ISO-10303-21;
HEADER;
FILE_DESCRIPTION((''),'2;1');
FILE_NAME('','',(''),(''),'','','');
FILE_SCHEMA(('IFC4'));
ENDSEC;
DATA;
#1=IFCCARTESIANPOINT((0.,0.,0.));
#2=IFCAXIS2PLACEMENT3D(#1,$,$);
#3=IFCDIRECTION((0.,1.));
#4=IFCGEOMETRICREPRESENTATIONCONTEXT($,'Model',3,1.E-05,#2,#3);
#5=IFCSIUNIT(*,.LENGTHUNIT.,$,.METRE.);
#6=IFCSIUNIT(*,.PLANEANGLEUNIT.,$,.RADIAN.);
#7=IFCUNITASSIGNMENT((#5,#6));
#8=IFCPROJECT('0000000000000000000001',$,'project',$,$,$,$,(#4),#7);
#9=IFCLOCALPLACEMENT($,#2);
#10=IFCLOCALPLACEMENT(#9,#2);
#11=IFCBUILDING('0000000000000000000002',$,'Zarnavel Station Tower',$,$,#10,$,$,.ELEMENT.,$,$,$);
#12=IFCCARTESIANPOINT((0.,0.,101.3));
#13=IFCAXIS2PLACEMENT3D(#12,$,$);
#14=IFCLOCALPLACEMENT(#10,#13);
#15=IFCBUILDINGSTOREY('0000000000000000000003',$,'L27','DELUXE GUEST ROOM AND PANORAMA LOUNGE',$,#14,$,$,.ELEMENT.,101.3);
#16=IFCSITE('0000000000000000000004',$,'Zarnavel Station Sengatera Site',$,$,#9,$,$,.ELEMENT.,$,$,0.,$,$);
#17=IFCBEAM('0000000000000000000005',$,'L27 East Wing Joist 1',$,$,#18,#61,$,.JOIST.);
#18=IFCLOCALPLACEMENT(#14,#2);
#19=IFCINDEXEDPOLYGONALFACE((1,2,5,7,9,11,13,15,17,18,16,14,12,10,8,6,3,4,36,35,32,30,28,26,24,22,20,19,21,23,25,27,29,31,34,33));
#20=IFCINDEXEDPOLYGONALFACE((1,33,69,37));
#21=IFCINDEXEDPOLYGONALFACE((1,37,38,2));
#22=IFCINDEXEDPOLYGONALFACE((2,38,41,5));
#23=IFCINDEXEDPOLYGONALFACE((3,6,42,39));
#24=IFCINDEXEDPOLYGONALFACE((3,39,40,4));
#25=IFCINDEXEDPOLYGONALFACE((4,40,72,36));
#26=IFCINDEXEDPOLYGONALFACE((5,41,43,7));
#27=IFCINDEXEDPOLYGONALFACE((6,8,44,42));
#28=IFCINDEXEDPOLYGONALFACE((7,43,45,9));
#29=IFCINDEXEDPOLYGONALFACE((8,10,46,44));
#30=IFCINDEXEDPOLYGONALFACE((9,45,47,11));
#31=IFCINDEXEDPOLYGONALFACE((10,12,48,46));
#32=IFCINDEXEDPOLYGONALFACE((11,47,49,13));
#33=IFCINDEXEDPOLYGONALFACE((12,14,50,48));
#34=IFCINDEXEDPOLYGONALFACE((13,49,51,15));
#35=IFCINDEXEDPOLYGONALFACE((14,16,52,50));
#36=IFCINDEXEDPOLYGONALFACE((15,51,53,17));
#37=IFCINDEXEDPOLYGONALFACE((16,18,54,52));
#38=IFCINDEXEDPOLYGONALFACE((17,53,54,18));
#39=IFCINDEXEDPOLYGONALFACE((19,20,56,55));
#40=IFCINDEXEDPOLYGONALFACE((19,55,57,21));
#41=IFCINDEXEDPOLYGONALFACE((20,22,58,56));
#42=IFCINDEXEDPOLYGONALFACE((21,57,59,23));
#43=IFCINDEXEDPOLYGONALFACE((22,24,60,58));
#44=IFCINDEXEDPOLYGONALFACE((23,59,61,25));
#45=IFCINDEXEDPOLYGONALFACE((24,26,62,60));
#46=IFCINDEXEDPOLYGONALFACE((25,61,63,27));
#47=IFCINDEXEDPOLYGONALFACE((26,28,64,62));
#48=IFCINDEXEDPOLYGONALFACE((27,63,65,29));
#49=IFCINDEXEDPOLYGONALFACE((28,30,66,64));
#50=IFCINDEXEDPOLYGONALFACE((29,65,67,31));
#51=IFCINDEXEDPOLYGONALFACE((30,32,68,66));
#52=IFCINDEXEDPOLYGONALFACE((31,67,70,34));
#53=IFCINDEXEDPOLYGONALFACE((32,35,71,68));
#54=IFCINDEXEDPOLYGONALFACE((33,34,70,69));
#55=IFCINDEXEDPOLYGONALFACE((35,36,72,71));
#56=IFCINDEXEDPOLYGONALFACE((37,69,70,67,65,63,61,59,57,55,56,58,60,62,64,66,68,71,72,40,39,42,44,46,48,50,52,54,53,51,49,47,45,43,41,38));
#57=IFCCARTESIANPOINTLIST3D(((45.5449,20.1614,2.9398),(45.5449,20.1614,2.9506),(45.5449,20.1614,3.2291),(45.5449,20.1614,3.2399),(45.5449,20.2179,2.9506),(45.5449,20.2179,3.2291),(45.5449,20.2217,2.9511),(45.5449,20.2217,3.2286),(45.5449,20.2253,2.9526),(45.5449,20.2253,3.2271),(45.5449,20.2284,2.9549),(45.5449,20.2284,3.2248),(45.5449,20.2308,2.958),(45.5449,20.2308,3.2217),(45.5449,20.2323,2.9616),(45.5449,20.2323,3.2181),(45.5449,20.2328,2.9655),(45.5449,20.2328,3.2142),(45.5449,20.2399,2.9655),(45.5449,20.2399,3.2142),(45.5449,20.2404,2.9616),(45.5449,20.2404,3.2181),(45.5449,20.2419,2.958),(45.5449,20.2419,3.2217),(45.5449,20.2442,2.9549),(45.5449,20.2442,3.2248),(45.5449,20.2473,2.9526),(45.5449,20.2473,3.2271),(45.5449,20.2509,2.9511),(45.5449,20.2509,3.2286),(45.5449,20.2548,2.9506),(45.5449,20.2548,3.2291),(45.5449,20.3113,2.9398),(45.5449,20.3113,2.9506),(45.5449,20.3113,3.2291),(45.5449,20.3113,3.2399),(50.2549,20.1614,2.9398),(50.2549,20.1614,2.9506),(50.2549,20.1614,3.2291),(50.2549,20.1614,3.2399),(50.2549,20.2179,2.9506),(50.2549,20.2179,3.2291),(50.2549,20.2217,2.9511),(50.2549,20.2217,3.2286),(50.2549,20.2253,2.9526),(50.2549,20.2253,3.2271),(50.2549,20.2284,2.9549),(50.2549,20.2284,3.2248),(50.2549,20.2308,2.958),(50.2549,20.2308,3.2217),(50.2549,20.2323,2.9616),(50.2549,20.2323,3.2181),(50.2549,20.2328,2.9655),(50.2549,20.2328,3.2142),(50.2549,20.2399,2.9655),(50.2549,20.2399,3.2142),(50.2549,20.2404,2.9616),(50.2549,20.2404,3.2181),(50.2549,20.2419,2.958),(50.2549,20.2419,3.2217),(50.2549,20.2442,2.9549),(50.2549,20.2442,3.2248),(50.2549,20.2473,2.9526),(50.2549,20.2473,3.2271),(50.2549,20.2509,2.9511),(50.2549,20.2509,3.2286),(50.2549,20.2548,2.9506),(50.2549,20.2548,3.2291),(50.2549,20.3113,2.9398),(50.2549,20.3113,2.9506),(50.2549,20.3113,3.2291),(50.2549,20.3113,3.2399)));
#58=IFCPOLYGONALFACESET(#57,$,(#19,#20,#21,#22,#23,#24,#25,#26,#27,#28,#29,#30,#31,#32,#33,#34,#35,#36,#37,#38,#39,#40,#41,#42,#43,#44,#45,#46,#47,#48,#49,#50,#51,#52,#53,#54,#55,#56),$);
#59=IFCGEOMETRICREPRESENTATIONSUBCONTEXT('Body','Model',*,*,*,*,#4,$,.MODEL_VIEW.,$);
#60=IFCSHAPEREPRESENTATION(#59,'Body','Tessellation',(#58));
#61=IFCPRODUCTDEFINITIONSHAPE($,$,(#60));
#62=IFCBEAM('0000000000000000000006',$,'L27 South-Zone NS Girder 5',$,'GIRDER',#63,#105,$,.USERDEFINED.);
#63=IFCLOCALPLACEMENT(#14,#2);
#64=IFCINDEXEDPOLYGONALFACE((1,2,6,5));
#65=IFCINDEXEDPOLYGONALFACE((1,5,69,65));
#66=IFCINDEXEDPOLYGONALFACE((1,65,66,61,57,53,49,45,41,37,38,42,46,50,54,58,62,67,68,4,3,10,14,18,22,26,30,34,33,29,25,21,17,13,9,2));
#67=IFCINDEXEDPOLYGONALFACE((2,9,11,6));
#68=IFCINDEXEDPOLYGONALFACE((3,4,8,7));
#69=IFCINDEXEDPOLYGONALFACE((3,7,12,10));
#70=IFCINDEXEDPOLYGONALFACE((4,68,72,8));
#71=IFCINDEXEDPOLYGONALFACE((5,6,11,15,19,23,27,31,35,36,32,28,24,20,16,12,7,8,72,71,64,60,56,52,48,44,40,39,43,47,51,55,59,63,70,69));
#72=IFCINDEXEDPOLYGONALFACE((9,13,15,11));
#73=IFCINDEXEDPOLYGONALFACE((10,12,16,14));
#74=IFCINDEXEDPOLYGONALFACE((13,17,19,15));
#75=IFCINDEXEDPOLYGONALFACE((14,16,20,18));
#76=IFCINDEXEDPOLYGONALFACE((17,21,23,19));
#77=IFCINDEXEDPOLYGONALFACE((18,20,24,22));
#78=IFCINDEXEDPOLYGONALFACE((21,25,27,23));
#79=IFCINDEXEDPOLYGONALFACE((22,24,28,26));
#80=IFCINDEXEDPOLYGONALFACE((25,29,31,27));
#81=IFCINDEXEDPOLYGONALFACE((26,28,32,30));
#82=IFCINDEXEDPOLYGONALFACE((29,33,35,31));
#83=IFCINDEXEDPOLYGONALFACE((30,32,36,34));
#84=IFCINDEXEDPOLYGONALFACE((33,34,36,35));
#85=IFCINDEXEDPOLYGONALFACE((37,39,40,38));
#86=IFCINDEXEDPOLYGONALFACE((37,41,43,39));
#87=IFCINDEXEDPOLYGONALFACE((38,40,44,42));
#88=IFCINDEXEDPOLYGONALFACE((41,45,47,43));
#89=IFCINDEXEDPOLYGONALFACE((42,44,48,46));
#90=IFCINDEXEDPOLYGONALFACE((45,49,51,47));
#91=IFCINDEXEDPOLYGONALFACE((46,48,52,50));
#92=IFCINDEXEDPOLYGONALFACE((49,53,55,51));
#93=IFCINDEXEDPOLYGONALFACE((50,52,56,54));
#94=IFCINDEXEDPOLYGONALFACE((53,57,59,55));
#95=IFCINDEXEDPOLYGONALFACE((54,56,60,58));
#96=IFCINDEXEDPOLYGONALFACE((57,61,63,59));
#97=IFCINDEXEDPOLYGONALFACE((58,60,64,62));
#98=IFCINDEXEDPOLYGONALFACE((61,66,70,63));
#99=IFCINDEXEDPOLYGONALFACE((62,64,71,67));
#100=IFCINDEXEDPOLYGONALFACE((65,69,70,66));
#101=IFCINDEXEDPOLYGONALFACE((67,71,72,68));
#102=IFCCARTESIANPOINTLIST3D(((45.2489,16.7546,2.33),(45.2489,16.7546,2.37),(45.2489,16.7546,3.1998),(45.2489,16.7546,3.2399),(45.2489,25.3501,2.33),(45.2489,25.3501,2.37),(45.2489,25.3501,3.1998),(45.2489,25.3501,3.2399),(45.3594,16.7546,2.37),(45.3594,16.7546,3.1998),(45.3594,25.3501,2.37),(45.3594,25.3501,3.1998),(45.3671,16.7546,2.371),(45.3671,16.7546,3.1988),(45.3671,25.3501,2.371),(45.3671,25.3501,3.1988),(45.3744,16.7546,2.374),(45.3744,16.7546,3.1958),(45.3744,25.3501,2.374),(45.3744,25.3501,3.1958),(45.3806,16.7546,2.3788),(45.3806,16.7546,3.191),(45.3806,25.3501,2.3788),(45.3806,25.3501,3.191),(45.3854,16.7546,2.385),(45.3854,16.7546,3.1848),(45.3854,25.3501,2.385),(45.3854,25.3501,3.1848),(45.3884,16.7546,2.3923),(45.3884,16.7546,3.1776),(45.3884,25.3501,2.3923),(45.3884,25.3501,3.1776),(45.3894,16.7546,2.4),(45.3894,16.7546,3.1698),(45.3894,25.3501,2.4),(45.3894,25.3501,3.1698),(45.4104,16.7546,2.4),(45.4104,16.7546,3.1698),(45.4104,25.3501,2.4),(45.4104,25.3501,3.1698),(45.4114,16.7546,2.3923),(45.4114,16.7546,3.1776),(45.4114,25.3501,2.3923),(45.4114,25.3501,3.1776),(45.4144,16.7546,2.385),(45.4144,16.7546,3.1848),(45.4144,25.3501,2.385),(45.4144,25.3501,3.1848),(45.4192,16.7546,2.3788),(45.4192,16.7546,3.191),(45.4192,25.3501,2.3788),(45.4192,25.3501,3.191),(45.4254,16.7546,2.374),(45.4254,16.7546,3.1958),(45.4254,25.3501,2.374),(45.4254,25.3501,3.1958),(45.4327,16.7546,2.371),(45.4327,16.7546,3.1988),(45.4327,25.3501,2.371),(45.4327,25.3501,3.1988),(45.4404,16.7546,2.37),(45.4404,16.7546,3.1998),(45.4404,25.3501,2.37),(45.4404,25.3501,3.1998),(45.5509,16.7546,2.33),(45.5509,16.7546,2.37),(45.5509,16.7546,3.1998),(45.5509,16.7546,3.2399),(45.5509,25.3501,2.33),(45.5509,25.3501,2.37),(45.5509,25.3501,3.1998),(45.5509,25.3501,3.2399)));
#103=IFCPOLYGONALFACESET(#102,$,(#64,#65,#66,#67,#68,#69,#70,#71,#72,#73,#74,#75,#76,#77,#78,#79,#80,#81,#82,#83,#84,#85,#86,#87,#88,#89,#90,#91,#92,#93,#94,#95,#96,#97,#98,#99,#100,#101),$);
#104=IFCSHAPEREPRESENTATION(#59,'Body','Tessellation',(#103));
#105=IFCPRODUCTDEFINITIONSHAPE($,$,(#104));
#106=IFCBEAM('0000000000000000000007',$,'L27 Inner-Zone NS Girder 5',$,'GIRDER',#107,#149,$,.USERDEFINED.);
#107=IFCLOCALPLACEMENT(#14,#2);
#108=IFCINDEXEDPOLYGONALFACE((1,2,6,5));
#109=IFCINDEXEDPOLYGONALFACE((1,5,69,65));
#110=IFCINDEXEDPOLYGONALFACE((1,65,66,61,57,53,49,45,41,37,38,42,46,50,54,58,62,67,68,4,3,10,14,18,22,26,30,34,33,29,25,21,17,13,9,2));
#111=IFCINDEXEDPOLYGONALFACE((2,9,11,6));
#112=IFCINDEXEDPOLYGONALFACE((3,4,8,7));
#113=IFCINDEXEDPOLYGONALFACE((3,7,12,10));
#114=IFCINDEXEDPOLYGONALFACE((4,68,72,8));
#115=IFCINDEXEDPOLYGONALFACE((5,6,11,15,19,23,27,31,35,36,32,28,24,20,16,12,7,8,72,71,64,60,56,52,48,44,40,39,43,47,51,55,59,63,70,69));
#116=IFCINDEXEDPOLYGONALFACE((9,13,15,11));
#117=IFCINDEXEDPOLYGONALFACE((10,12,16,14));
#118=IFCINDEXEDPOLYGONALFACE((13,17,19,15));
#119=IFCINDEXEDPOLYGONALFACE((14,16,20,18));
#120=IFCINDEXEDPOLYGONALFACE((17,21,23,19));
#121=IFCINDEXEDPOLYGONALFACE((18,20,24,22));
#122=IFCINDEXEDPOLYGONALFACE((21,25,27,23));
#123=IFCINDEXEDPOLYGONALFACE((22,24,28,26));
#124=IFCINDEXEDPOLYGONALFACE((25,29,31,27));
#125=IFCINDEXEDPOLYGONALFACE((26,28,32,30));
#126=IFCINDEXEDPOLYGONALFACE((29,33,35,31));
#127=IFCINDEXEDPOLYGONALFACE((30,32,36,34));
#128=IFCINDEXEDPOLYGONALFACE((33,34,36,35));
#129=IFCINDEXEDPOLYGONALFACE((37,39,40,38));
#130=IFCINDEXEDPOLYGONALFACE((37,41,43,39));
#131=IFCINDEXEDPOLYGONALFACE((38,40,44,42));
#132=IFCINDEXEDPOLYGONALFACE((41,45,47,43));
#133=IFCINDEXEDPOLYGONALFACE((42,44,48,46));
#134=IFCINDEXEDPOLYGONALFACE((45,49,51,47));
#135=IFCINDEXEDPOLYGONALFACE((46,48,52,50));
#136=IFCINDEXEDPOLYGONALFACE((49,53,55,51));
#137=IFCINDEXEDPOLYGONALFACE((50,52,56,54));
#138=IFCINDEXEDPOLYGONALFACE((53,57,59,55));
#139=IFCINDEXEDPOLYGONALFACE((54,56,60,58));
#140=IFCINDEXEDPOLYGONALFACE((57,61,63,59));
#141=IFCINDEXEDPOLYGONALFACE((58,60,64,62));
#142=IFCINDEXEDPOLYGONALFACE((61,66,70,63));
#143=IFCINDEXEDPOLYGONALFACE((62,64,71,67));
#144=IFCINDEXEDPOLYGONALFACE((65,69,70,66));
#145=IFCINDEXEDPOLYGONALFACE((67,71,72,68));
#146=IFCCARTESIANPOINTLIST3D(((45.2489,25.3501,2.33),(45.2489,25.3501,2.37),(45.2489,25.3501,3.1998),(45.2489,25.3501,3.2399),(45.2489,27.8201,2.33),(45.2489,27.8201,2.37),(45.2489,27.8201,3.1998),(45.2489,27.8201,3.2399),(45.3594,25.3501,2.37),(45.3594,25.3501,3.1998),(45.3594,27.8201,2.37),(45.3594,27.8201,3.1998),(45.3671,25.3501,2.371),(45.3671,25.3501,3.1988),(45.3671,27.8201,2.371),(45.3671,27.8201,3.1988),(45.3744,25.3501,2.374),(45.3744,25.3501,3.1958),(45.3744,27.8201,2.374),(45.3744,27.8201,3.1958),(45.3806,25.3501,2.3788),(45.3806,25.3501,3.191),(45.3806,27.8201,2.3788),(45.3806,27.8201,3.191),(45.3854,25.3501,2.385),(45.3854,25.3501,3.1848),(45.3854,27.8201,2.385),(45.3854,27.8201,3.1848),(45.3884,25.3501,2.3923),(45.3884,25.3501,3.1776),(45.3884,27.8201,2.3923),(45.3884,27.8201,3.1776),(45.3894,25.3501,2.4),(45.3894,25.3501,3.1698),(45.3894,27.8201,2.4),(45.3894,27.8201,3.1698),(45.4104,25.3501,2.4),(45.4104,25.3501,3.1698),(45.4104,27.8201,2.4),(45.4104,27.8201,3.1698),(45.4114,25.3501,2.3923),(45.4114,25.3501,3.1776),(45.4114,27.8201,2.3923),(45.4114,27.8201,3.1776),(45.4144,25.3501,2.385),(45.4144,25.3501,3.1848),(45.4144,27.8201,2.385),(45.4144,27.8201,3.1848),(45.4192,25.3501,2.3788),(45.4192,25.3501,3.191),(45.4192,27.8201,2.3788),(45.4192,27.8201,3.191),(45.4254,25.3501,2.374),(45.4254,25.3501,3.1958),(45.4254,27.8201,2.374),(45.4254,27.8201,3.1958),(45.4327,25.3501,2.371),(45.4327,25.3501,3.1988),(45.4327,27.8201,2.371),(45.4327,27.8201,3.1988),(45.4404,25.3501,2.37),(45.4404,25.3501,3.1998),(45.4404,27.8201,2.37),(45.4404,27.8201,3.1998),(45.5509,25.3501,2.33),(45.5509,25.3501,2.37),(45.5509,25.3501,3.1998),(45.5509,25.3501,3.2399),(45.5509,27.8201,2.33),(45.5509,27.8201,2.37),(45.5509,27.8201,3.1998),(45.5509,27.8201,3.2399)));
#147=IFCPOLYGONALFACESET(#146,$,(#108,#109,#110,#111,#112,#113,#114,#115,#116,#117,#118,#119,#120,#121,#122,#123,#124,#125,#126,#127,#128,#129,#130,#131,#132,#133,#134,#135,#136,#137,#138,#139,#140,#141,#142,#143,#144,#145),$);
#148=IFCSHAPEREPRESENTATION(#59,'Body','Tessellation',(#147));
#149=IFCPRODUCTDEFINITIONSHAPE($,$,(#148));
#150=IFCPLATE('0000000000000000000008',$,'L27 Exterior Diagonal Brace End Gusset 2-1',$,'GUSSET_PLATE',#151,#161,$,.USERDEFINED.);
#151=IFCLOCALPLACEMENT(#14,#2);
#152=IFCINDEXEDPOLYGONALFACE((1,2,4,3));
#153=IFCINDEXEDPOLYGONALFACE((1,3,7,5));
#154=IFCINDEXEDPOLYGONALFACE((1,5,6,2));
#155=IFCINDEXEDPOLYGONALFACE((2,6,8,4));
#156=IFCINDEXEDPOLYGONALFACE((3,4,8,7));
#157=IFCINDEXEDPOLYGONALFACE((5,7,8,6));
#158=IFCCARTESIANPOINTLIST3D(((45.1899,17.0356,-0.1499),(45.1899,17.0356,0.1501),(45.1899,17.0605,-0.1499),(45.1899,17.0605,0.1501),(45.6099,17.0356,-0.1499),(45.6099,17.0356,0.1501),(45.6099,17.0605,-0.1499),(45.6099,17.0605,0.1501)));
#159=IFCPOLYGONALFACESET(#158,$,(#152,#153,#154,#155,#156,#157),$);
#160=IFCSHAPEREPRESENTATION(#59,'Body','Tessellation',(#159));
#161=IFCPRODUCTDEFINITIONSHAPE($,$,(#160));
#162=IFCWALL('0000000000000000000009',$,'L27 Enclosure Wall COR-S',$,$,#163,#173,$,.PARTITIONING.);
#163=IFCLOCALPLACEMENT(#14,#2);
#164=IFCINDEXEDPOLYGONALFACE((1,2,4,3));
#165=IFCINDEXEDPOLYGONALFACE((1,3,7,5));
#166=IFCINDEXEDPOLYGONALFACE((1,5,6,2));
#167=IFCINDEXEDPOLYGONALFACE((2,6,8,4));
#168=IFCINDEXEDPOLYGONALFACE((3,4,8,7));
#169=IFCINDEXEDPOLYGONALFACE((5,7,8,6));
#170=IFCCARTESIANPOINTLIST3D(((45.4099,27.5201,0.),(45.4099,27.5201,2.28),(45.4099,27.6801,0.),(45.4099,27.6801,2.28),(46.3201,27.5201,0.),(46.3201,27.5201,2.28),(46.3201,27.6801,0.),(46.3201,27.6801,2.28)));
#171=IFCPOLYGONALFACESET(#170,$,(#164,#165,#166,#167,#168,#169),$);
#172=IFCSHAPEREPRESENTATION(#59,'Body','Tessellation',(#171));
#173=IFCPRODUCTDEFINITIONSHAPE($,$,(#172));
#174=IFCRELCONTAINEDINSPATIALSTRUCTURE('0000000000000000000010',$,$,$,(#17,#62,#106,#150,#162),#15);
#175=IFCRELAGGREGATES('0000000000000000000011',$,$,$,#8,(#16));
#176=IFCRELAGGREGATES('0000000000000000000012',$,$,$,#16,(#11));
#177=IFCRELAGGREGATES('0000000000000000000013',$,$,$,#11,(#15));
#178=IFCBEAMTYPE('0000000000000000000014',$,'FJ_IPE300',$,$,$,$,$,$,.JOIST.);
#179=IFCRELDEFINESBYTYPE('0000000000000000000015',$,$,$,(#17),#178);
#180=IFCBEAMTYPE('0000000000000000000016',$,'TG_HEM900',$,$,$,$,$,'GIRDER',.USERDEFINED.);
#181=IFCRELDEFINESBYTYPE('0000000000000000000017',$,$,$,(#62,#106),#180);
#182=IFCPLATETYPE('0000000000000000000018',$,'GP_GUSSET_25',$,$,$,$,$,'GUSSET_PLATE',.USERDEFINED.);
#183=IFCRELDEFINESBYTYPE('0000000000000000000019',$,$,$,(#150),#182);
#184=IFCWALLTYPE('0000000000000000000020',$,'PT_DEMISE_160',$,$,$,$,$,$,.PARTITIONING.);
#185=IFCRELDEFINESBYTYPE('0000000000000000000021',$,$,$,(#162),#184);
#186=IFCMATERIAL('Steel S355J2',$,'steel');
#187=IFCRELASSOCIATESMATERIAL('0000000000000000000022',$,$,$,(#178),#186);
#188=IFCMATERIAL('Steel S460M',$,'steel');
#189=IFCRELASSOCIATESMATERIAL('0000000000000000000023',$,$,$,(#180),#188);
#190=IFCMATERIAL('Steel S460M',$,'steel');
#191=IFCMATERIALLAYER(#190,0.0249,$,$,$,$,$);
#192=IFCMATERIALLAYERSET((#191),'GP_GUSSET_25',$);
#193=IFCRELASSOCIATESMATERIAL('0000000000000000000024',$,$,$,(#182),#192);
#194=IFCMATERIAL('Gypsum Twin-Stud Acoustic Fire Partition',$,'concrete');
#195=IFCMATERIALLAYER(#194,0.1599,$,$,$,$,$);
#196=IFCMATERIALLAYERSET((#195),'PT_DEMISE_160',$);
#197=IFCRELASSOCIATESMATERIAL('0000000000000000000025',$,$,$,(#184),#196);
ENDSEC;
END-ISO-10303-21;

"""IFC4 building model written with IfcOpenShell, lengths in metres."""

from ifc_helpers import new_model, si_unit, direction, frame, frame_2d, origin, origin_2d, place, context, subcontext, project, spatial, rectangle, i_section, extrude, material, layer, layer_set, material_profile, profile_set, type_object, element, save


model = new_model("IFC4")

# Units and contexts
model_context = context("Model", 3, precision=1e-05, world=origin(), true_north=direction((0.0, 1.0)))
body_context = subcontext(model_context, "Body", "Model", "MODEL_VIEW")
ifc_project = project(units=[si_unit("LENGTHUNIT", "METRE"), si_unit("PLANEANGLEUNIT", "RADIAN")], contexts=[model_context])

# Site, building, storey
site_placement = place(None, origin())
site = spatial("IfcSite", under=ifc_project, at=site_placement, Name="Zarnavel Station Sengatera Site", CompositionType="ELEMENT", RefElevation=0.0)
building_placement = place(site_placement, origin())
building = spatial("IfcBuilding", under=site, at=building_placement, Name="Zarnavel Station Tower", CompositionType="ELEMENT")
storey_placement = place(building_placement, frame((0.0, 0.0, 101.3)))
storey = spatial("IfcBuildingStorey", under=building, at=storey_placement, Name="L27", Description="DELUXE GUEST ROOM AND PANORAMA LOUNGE", CompositionType="ELEMENT", Elevation=101.3)

# Beams
ifc_material_1 = material(Name="Steel S355J2", Category="steel")
ifc_material_profile_1 = material_profile(ifc_material_1, i_section(OverallWidth=0.1499, OverallDepth=0.3, WebThickness=0.0071, FlangeThickness=0.0107, FilletRadius=0.0149, at=origin_2d()), Name="IPE300")
ifc_profile_set_1 = profile_set([ifc_material_profile_1], Name="Steel S355J2")
beam_type_1 = type_object("IfcBeamType", Name="FJ_IPE300", PredefinedType="JOIST", material=ifc_profile_set_1)
beam_1_placement = place(storey_placement, frame((45.5449, 20.2363, 3.0898), z_axis=(1.0, 0.0, 0.0), x_axis=(0.0, 1.0, 0.0)))
element("IfcBeam", 1, at=beam_1_placement, inside=storey, type_object=beam_type_1, Name="L27 East Wing Joist 1", PredefinedType="JOIST", context=body_context, shape_type="SweptSolid", body=[
    extrude(i_section(OverallWidth=0.1499, OverallDepth=0.3, WebThickness=0.0071, FlangeThickness=0.0107, FilletRadius=0.0149, at=origin_2d()), origin(), (0.0, 0.0, 1.0), 4.71),
])
ifc_material_2 = material(Name="Steel S460M", Category="steel")
ifc_material_profile_2 = material_profile(ifc_material_2, i_section(OverallWidth=0.302, OverallDepth=0.9099, WebThickness=0.021, FlangeThickness=0.04, FilletRadius=0.03, at=origin_2d()), Name="HEM900")
ifc_profile_set_2 = profile_set([ifc_material_profile_2], Name="Steel S460M")
beam_type_2 = type_object("IfcBeamType", Name="TG_HEM900", ElementType="GIRDER", PredefinedType="USERDEFINED", material=ifc_profile_set_2)
beam_2_placement = place(storey_placement, frame((45.3999, 16.7546, 2.7849), z_axis=(0.0, 1.0, 0.0), x_axis=(-1.0, 0.0, 0.0)))
element("IfcBeam", 2, at=beam_2_placement, inside=storey, type_object=beam_type_2, Name="L27 South-Zone NS Girder 5", ObjectType="GIRDER", PredefinedType="USERDEFINED", context=body_context, shape_type="SweptSolid", body=[
    extrude(i_section(OverallWidth=0.302, OverallDepth=0.9099, WebThickness=0.021, FlangeThickness=0.04, FilletRadius=0.03, at=origin_2d()), origin(), (0.0, 0.0, 1.0), 8.5955),
])
beam_3_placement = place(storey_placement, frame((45.3999, 25.3501, 2.7849), z_axis=(0.0, 1.0, 0.0), x_axis=(-1.0, 0.0, 0.0)))
element("IfcBeam", 3, at=beam_3_placement, inside=storey, type_object=beam_type_2, Name="L27 Inner-Zone NS Girder 5", ObjectType="GIRDER", PredefinedType="USERDEFINED", context=body_context, shape_type="SweptSolid", body=[
    extrude(i_section(OverallWidth=0.302, OverallDepth=0.9099, WebThickness=0.021, FlangeThickness=0.04, FilletRadius=0.03, at=origin_2d()), origin(), (0.0, 0.0, 1.0), 2.47),
])

# Plate
ifc_material_3 = material(Name="Steel S460M", Category="steel")
ifc_layer_1 = layer(ifc_material_3, 0.0249)
ifc_layer_set_1 = layer_set([ifc_layer_1], Name="GP_GUSSET_25")
plate_type = type_object("IfcPlateType", Name="GP_GUSSET_25", ElementType="GUSSET_PLATE", PredefinedType="USERDEFINED", material=ifc_layer_set_1)
plate_placement = place(storey_placement, frame((45.3999, 17.0481, -0.1499), z_axis=(0.0, 0.0, 1.0), x_axis=(1.0, 0.0, 0.0)))
element("IfcPlate", 4, at=plate_placement, inside=storey, type_object=plate_type, Name="L27 Exterior Diagonal Brace End Gusset 2-1", ObjectType="GUSSET_PLATE", PredefinedType="USERDEFINED", context=body_context, shape_type="SweptSolid", body=[
    extrude(rectangle(XDim=0.4199, YDim=0.0249, at=origin_2d()), origin(), (0.0, 0.0, 1.0), 0.3),
])

# Wall
ifc_material_4 = material(Name="Gypsum Twin-Stud Acoustic Fire Partition", Category="concrete")
ifc_layer_2 = layer(ifc_material_4, 0.1599)
ifc_layer_set_2 = layer_set([ifc_layer_2], Name="PT_DEMISE_160")
wall_type_1 = type_object("IfcWallType", Name="PT_DEMISE_160", PredefinedType="PARTITIONING", material=ifc_layer_set_2)
wall_1_placement = place(storey_placement, frame((45.4099, 27.6001, 0.0), z_axis=(0.0, 0.0, 1.0), x_axis=(1.0, 0.0, 0.0)))
element("IfcWall", 5, at=wall_1_placement, inside=storey, type_object=wall_type_1, Name="L27 Enclosure Wall COR-S", PredefinedType="PARTITIONING", context=body_context, shape_type="SweptSolid", body=[
    extrude(rectangle(XDim=0.9102, YDim=0.1599, at=frame_2d((0.4551, 0.0))), origin(), (0.0, 0.0, 1.0), 2.28),
])

save(model, "model.ifc")
